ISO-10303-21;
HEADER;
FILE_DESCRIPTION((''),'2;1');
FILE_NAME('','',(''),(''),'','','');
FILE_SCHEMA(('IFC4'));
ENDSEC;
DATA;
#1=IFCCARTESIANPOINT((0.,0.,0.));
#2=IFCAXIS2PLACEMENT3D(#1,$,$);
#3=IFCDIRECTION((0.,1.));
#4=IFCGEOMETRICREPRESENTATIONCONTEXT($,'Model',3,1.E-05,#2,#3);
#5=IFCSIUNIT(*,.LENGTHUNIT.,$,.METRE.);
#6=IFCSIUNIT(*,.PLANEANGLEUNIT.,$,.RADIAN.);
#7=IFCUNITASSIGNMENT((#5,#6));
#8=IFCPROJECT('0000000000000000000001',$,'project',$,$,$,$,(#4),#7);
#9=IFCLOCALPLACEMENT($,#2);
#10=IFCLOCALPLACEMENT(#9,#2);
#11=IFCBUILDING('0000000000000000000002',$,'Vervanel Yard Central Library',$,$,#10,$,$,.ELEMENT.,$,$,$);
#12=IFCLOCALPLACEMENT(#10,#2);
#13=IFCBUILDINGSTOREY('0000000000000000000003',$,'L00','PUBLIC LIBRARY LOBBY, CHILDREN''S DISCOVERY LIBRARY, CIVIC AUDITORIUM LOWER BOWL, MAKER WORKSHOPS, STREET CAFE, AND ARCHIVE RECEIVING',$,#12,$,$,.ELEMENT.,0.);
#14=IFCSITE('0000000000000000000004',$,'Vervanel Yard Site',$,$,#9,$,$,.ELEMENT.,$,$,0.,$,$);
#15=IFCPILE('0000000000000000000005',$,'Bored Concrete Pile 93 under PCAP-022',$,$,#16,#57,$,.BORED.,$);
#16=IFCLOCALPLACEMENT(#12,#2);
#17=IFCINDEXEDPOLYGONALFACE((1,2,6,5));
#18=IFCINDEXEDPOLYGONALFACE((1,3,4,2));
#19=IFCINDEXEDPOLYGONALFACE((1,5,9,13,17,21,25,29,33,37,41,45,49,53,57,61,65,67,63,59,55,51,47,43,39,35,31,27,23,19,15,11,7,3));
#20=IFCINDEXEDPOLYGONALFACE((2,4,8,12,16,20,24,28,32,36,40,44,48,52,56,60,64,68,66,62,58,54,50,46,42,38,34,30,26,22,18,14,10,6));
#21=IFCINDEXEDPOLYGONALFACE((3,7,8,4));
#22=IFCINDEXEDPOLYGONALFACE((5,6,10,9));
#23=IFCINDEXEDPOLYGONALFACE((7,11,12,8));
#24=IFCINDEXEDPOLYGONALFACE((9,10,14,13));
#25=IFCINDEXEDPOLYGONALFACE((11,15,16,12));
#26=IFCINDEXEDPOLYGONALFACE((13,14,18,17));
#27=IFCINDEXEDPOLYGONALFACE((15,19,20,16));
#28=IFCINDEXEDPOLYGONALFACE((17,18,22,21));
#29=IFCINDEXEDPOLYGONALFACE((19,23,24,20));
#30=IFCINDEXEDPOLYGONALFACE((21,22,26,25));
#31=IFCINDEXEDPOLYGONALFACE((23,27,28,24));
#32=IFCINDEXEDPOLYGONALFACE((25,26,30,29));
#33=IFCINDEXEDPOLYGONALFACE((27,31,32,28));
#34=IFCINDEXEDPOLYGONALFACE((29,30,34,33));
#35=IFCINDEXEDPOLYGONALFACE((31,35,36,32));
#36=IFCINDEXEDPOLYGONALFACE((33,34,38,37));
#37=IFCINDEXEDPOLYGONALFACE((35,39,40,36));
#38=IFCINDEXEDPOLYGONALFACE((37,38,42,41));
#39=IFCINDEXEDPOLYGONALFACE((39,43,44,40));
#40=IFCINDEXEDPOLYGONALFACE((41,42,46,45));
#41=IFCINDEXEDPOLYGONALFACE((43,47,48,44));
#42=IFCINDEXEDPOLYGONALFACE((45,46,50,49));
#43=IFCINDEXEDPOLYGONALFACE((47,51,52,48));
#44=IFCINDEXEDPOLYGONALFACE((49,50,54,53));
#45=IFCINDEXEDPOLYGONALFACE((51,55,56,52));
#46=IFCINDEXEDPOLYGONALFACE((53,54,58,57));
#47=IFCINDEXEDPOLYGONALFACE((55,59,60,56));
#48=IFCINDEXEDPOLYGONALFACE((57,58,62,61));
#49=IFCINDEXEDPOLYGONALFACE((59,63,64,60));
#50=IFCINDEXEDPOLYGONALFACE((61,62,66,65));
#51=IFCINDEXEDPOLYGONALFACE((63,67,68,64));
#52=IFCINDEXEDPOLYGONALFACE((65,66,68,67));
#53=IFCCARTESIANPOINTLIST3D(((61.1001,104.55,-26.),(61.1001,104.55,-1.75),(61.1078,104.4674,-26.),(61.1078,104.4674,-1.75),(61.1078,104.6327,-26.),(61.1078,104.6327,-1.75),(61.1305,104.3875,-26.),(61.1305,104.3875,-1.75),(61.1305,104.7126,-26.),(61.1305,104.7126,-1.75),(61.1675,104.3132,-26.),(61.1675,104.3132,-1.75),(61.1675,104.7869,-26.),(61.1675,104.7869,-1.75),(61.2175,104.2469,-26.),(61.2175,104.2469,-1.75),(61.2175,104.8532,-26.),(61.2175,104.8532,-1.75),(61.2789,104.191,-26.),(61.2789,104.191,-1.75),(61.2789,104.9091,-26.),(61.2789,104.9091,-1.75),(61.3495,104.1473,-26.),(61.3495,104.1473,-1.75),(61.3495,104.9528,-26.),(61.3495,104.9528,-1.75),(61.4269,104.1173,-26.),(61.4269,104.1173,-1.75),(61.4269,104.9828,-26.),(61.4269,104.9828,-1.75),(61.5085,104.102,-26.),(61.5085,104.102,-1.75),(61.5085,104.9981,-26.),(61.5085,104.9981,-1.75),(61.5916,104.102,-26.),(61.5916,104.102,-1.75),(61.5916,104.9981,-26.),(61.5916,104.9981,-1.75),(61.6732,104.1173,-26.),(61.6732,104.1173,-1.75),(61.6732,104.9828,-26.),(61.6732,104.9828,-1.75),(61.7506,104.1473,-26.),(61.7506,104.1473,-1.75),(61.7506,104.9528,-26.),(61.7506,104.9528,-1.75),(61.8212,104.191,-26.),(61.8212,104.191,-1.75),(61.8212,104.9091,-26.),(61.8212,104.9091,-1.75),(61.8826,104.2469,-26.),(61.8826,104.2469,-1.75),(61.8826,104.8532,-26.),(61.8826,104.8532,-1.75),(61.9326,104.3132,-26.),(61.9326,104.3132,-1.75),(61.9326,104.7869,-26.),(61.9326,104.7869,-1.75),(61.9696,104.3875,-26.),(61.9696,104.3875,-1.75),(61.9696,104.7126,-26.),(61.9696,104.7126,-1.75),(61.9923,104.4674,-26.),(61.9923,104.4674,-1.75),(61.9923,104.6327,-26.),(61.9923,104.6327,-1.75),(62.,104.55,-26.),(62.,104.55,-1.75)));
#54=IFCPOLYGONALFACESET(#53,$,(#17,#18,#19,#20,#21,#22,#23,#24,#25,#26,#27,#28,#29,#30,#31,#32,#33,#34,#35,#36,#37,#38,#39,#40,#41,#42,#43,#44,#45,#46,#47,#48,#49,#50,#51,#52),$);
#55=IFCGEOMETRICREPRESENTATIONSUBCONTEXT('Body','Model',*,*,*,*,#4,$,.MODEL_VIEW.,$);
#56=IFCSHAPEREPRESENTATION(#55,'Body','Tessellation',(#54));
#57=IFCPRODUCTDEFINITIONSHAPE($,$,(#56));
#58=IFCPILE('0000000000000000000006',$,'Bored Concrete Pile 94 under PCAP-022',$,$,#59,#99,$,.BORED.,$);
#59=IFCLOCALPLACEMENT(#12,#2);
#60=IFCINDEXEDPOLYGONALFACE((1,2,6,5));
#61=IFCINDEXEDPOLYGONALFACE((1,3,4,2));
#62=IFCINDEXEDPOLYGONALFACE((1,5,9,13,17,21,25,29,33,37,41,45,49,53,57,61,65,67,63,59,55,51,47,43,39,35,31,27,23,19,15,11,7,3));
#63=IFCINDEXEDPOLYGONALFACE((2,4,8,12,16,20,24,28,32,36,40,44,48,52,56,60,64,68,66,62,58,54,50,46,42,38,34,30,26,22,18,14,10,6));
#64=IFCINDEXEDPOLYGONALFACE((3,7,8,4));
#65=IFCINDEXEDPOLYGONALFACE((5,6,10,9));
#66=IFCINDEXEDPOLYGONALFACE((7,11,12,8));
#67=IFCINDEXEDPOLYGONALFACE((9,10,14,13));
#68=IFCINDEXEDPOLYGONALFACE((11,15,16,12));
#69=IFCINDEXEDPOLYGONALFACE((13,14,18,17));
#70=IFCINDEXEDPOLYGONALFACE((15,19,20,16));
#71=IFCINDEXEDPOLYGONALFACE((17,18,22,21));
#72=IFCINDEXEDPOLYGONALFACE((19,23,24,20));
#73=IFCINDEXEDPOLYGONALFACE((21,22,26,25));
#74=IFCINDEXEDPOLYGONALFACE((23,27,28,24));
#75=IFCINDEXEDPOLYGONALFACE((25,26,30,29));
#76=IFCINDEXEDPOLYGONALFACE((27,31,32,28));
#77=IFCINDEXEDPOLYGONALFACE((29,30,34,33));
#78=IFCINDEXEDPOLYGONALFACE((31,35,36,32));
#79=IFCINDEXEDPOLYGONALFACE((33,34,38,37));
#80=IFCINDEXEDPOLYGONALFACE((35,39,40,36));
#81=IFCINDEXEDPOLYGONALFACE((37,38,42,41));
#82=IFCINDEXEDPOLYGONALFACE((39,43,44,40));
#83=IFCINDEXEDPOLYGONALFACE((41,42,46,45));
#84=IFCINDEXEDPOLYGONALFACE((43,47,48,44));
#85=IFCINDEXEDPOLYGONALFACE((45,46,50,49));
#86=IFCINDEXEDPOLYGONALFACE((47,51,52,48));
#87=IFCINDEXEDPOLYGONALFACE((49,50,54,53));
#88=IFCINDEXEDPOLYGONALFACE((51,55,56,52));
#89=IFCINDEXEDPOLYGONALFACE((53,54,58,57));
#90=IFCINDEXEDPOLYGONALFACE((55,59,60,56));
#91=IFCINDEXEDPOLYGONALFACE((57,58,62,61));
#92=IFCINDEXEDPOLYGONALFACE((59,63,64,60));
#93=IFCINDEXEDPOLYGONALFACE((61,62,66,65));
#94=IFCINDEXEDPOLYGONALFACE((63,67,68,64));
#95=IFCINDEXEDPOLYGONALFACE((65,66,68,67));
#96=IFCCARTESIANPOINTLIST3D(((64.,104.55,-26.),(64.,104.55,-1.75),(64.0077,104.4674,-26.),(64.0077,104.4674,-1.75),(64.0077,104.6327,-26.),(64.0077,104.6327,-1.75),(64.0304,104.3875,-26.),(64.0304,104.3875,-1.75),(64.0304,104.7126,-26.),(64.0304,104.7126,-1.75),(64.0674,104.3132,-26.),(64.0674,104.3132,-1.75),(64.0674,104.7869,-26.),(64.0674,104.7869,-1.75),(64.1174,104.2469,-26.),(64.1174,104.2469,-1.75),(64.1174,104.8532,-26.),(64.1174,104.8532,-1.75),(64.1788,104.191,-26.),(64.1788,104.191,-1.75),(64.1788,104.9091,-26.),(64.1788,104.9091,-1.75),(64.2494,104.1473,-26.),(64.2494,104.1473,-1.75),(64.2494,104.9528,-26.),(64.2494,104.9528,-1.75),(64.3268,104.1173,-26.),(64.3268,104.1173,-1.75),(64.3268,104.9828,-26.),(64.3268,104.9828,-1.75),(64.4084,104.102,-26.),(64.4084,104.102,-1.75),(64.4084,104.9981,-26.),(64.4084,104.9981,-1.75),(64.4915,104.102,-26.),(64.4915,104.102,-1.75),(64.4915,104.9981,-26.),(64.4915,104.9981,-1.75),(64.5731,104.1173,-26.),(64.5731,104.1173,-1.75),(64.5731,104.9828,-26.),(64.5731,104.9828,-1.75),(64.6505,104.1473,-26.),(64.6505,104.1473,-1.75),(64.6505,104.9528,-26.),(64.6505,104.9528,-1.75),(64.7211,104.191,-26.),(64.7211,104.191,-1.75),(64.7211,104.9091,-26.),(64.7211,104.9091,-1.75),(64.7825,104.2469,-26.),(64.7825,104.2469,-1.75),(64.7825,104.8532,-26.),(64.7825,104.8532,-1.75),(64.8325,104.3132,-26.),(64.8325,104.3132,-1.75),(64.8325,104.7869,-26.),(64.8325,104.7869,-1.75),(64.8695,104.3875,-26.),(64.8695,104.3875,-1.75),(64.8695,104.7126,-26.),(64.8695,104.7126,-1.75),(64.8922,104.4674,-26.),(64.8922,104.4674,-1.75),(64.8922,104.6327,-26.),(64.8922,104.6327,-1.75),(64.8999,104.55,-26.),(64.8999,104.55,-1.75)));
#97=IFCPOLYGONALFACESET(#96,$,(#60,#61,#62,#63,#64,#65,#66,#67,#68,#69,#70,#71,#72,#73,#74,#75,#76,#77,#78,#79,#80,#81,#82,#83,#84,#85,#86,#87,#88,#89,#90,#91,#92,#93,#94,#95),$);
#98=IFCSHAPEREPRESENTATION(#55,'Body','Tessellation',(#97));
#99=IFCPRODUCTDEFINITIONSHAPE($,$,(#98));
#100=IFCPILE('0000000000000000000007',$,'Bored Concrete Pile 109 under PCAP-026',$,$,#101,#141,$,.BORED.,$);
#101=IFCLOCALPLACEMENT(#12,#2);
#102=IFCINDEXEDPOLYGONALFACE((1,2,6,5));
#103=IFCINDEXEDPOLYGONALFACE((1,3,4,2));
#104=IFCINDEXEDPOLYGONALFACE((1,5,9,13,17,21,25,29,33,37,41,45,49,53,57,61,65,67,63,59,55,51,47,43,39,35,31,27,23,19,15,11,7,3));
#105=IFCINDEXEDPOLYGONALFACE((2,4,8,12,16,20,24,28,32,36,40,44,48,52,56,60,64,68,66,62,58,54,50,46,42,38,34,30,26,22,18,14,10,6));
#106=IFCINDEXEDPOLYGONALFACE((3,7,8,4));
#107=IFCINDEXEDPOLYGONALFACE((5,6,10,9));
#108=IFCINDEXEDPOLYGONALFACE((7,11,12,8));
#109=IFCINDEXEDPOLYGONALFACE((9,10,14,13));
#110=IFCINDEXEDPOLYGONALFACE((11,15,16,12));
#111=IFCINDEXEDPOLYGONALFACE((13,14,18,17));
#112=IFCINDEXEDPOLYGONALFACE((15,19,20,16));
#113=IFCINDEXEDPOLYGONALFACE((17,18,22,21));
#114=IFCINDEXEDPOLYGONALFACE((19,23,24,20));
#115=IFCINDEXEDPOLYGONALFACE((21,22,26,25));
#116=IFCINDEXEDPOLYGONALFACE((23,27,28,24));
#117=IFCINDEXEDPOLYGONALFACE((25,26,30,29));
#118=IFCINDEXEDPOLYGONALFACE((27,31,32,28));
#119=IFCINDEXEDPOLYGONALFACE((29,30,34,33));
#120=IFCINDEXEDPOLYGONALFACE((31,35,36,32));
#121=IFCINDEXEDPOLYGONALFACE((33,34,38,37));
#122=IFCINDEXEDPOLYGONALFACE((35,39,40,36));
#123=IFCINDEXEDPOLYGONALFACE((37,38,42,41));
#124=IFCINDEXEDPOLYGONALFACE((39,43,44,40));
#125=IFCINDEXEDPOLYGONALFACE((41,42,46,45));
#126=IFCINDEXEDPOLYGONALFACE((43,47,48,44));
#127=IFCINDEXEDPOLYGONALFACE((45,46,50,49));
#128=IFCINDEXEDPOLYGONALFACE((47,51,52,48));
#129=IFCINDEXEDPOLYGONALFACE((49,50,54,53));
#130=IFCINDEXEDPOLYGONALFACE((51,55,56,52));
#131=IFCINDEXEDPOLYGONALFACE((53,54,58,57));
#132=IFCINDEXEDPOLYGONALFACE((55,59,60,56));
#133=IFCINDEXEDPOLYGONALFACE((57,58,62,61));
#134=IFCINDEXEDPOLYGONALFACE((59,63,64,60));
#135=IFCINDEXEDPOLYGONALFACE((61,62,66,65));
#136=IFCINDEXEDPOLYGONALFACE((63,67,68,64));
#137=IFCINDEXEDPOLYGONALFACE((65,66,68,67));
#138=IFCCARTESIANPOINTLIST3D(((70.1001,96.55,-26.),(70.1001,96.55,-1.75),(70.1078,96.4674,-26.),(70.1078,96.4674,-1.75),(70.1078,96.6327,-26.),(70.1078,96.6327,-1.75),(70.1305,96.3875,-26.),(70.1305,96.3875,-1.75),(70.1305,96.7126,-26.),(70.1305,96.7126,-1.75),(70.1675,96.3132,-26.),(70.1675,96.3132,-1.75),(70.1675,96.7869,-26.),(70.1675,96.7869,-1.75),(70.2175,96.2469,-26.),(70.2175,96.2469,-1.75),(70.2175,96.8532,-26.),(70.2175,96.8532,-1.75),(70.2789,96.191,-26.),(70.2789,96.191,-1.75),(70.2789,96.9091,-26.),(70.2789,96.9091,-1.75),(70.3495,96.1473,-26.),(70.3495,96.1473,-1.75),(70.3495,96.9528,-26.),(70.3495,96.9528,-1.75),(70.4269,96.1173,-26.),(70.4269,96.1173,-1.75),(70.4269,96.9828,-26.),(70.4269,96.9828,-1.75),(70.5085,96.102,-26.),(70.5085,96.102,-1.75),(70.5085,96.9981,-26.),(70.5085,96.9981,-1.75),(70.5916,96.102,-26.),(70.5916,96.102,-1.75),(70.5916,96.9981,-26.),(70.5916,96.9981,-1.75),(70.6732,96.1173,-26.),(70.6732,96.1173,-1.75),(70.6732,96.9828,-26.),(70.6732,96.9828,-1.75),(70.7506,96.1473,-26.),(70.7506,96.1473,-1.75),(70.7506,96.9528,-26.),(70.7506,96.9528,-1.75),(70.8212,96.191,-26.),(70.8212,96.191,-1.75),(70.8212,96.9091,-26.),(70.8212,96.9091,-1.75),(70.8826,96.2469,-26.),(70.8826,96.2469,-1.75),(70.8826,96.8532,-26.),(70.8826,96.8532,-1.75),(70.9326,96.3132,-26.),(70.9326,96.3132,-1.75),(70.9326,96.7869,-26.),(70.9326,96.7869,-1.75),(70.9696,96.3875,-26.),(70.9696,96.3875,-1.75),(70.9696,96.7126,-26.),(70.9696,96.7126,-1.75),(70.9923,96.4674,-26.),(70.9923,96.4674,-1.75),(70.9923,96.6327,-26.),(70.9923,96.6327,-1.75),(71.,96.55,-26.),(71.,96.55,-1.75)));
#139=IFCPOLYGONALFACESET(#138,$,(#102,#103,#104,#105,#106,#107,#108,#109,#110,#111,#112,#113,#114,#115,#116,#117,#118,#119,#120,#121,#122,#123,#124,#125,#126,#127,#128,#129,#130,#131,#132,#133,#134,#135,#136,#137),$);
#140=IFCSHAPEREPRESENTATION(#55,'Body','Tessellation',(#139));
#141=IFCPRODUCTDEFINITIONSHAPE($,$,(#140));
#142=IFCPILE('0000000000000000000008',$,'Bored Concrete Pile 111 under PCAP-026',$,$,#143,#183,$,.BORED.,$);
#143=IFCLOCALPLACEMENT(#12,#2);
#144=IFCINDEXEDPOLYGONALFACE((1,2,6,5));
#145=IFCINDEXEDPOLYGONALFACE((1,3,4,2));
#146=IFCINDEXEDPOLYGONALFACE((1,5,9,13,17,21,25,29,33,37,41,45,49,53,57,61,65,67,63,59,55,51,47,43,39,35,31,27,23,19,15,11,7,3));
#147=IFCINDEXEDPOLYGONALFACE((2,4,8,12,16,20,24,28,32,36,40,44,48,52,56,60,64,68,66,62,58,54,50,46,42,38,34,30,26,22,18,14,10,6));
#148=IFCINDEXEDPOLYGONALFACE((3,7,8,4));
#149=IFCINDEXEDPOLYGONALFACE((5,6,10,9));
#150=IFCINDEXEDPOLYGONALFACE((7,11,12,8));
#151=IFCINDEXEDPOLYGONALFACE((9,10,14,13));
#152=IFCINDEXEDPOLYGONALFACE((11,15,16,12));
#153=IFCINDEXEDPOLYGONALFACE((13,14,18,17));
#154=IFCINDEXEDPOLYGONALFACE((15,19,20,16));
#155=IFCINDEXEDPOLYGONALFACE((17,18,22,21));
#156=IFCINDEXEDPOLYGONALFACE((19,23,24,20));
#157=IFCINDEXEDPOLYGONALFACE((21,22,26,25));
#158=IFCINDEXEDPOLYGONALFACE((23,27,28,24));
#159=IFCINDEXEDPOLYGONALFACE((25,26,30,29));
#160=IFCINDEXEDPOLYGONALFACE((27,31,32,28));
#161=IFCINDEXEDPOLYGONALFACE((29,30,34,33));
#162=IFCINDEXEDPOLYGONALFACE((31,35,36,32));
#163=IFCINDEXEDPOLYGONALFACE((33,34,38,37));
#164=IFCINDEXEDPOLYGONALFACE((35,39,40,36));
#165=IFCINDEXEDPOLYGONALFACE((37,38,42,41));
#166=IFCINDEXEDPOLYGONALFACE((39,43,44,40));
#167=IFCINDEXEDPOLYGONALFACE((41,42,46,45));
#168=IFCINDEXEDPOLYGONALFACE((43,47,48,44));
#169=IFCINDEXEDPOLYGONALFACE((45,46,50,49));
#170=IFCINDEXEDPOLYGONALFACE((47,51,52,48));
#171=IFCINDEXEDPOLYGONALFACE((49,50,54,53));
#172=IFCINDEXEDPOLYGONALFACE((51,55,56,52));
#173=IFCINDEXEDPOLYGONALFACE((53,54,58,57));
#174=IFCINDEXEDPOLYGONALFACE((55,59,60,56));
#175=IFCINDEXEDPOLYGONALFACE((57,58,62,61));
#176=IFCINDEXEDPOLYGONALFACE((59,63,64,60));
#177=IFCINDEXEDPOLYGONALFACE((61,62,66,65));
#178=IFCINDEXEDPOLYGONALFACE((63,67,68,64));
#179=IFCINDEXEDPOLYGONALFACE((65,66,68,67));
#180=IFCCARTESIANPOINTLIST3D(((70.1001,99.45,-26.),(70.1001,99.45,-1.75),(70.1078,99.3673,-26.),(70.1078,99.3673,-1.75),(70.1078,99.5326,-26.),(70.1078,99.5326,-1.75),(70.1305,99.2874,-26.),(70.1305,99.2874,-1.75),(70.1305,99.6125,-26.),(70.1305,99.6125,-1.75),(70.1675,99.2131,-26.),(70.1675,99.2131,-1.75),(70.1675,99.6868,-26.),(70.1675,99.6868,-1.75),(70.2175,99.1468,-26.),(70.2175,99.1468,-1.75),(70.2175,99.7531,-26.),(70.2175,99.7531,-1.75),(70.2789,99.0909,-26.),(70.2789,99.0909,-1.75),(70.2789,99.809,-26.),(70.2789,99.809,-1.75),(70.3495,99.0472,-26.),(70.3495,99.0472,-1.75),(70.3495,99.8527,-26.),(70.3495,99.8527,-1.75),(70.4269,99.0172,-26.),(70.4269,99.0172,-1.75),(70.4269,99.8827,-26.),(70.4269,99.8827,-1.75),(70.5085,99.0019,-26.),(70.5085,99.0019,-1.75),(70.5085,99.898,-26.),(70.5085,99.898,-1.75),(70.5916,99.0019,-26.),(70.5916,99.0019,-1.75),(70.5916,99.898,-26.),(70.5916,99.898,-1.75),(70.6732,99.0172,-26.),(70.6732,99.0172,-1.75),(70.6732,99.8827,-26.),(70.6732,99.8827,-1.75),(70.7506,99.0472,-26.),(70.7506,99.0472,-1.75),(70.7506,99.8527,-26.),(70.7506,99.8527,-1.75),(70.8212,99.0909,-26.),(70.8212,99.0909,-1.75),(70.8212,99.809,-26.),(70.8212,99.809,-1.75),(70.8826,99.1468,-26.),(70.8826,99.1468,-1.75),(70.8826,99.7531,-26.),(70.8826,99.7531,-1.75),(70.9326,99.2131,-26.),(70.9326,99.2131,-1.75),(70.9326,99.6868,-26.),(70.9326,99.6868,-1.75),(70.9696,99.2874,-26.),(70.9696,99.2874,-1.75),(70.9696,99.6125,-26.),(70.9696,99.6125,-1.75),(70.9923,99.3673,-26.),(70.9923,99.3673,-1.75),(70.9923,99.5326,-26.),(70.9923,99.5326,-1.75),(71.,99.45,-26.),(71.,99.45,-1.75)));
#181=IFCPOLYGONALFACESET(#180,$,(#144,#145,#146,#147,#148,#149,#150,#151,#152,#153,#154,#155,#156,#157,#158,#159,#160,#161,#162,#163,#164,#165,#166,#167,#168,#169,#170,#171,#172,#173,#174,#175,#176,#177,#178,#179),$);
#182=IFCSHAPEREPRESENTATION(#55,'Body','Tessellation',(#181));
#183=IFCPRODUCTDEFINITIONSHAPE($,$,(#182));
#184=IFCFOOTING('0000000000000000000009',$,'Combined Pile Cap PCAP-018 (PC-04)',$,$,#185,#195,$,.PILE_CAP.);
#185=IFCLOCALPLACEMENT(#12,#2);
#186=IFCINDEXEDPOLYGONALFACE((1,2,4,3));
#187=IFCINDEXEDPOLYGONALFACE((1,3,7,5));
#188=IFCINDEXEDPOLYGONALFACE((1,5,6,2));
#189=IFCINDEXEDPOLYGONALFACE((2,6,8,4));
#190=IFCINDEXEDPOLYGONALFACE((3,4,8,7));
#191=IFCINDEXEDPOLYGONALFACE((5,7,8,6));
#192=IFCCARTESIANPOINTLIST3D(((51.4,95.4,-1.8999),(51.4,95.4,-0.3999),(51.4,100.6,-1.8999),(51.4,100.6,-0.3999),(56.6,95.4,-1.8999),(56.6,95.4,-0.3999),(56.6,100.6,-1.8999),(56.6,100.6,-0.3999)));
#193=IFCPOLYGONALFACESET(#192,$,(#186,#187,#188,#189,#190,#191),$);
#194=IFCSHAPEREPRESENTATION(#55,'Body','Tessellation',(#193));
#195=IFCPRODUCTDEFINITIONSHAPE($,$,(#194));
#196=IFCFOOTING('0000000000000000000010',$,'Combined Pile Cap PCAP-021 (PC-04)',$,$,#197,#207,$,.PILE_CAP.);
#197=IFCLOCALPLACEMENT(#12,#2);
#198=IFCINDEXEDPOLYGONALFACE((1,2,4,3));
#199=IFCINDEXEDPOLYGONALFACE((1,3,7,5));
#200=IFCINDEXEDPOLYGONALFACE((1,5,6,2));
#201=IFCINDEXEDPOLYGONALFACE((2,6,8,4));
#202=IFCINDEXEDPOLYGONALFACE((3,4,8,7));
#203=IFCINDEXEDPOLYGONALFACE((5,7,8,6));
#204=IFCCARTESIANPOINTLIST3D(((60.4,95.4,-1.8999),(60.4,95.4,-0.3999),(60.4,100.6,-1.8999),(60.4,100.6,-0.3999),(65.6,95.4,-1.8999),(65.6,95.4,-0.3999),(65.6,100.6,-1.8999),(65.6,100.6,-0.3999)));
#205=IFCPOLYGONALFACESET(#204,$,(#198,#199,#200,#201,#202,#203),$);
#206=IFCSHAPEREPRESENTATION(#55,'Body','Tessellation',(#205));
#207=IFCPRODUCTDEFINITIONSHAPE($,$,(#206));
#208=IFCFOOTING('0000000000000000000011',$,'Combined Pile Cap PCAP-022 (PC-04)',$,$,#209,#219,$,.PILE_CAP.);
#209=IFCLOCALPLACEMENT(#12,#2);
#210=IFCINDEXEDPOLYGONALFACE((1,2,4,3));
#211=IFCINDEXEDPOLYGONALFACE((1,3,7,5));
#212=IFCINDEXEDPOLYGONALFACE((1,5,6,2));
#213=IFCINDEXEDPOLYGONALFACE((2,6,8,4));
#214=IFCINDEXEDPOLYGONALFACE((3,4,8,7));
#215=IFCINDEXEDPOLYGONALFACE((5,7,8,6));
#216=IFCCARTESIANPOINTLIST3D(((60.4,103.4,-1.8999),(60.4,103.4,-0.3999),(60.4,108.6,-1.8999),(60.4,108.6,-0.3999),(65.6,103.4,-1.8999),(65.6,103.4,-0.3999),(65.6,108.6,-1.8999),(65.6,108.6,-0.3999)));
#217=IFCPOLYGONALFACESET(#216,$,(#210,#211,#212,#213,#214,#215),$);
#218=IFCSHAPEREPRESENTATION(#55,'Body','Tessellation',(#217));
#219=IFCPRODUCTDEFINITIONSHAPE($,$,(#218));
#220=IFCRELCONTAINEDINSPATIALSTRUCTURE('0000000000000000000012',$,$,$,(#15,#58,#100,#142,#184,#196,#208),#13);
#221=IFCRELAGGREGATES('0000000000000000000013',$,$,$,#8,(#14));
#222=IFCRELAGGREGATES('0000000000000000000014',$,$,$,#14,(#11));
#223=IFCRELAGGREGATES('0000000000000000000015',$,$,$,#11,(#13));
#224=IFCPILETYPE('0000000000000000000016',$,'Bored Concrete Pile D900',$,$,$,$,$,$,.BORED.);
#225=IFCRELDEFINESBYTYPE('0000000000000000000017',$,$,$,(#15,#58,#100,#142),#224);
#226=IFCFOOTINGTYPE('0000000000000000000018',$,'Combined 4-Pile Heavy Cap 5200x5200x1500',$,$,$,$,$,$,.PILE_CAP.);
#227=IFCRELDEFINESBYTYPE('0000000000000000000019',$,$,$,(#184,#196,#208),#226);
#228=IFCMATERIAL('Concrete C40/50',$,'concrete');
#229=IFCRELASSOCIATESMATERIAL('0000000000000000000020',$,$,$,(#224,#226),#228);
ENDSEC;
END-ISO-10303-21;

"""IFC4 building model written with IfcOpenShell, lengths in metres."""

from ifc_helpers import new_model, si_unit, direction, frame, origin, origin_2d, place, context, subcontext, project, spatial, rectangle, circle, extrude, material, material_profile, profile_set, type_object, element, save


model = new_model("IFC4")

# Units and contexts
model_context = context("Model", 3, precision=1e-05, world=origin(), true_north=direction((0.0, 1.0)))
body_context = subcontext(model_context, "Body", "Model", "MODEL_VIEW")
ifc_project = project(units=[si_unit("LENGTHUNIT", "METRE"), si_unit("PLANEANGLEUNIT", "RADIAN")], contexts=[model_context])

# Site, building, storey
site_placement = place(None, origin())
site = spatial("IfcSite", under=ifc_project, at=site_placement, Name="Vervanel Yard Site", CompositionType="ELEMENT", RefElevation=0.0)
building_placement = place(site_placement, origin())
building = spatial("IfcBuilding", under=site, at=building_placement, Name="Vervanel Yard Central Library", CompositionType="ELEMENT")
storey_placement = place(building_placement, origin())
storey = spatial("IfcBuildingStorey", under=building, at=storey_placement, Name="L00", Description="PUBLIC LIBRARY LOBBY, CHILDREN'S DISCOVERY LIBRARY, CIVIC AUDITORIUM LOWER BOWL, MAKER WORKSHOPS, STREET CAFE, AND ARCHIVE RECEIVING", CompositionType="ELEMENT", Elevation=0.0)

# Piles
ifc_material_1 = material(Name="Concrete C40/50", Category="concrete")
ifc_material_profile_1 = material_profile(ifc_material_1, circle(Radius=0.45, at=origin_2d()), Name="BP D900", Category="concrete")
ifc_profile_set_1 = profile_set([ifc_material_profile_1], Name="Concrete C40/50")
pile_type = type_object("IfcPileType", Name="Bored Concrete Pile D900", PredefinedType="BORED", material=ifc_profile_set_1)
for number, where, z_axis, x_axis, name in (
    (1, (61.55, 104.55, -1.75), (0.0, 0.0, -1.0), (1.0, 0.0, 0.0), "Bored Concrete Pile 93 under PCAP-022"),
    (2, (64.45, 104.55, -1.75), (0.0, 0.0, -1.0), (1.0, 0.0, 0.0), "Bored Concrete Pile 94 under PCAP-022"),
    (3, (70.55, 96.55, -1.75), (0.0, 0.0, -1.0), (1.0, 0.0, 0.0), "Bored Concrete Pile 109 under PCAP-026"),
    (4, (70.55, 99.45, -1.75), (0.0, 0.0, -1.0), (1.0, 0.0, 0.0), "Bored Concrete Pile 111 under PCAP-026"),
):
    element("IfcPile", number, at=place(storey_placement, frame(where, z_axis=z_axis, x_axis=x_axis)), inside=storey, type_object=pile_type, Name=name, PredefinedType="BORED", context=body_context, shape_type="SweptSolid", body=[
        extrude(circle(Radius=0.45, at=origin_2d()), origin(), (0.0, 0.0, 1.0), 24.25),
    ])

# Footings
footing_type_1 = type_object("IfcFootingType", Name="Combined 4-Pile Heavy Cap 5200x5200x1500", PredefinedType="PILE_CAP", material=ifc_material_1)
for number, where, z_axis, x_axis, name in (
    (5, (54.0, 98.0, -1.8999), (0.0, 0.0, 1.0), (1.0, 0.0, 0.0), "Combined Pile Cap PCAP-018 (PC-04)"),
    (6, (63.0, 98.0, -1.8999), (0.0, 0.0, 1.0), (1.0, 0.0, 0.0), "Combined Pile Cap PCAP-021 (PC-04)"),
    (7, (63.0, 106.0, -1.8999), (0.0, 0.0, 1.0), (1.0, 0.0, 0.0), "Combined Pile Cap PCAP-022 (PC-04)"),
):
    element("IfcFooting", number, at=place(storey_placement, frame(where, z_axis=z_axis, x_axis=x_axis)), inside=storey, type_object=footing_type_1, Name=name, PredefinedType="PILE_CAP", context=body_context, shape_type="SweptSolid", body=[
        extrude(rectangle(XDim=5.2, YDim=5.2, at=origin_2d()), origin(), (0.0, 0.0, 1.0), 1.5),
    ])

save(model, "model.ifc")
